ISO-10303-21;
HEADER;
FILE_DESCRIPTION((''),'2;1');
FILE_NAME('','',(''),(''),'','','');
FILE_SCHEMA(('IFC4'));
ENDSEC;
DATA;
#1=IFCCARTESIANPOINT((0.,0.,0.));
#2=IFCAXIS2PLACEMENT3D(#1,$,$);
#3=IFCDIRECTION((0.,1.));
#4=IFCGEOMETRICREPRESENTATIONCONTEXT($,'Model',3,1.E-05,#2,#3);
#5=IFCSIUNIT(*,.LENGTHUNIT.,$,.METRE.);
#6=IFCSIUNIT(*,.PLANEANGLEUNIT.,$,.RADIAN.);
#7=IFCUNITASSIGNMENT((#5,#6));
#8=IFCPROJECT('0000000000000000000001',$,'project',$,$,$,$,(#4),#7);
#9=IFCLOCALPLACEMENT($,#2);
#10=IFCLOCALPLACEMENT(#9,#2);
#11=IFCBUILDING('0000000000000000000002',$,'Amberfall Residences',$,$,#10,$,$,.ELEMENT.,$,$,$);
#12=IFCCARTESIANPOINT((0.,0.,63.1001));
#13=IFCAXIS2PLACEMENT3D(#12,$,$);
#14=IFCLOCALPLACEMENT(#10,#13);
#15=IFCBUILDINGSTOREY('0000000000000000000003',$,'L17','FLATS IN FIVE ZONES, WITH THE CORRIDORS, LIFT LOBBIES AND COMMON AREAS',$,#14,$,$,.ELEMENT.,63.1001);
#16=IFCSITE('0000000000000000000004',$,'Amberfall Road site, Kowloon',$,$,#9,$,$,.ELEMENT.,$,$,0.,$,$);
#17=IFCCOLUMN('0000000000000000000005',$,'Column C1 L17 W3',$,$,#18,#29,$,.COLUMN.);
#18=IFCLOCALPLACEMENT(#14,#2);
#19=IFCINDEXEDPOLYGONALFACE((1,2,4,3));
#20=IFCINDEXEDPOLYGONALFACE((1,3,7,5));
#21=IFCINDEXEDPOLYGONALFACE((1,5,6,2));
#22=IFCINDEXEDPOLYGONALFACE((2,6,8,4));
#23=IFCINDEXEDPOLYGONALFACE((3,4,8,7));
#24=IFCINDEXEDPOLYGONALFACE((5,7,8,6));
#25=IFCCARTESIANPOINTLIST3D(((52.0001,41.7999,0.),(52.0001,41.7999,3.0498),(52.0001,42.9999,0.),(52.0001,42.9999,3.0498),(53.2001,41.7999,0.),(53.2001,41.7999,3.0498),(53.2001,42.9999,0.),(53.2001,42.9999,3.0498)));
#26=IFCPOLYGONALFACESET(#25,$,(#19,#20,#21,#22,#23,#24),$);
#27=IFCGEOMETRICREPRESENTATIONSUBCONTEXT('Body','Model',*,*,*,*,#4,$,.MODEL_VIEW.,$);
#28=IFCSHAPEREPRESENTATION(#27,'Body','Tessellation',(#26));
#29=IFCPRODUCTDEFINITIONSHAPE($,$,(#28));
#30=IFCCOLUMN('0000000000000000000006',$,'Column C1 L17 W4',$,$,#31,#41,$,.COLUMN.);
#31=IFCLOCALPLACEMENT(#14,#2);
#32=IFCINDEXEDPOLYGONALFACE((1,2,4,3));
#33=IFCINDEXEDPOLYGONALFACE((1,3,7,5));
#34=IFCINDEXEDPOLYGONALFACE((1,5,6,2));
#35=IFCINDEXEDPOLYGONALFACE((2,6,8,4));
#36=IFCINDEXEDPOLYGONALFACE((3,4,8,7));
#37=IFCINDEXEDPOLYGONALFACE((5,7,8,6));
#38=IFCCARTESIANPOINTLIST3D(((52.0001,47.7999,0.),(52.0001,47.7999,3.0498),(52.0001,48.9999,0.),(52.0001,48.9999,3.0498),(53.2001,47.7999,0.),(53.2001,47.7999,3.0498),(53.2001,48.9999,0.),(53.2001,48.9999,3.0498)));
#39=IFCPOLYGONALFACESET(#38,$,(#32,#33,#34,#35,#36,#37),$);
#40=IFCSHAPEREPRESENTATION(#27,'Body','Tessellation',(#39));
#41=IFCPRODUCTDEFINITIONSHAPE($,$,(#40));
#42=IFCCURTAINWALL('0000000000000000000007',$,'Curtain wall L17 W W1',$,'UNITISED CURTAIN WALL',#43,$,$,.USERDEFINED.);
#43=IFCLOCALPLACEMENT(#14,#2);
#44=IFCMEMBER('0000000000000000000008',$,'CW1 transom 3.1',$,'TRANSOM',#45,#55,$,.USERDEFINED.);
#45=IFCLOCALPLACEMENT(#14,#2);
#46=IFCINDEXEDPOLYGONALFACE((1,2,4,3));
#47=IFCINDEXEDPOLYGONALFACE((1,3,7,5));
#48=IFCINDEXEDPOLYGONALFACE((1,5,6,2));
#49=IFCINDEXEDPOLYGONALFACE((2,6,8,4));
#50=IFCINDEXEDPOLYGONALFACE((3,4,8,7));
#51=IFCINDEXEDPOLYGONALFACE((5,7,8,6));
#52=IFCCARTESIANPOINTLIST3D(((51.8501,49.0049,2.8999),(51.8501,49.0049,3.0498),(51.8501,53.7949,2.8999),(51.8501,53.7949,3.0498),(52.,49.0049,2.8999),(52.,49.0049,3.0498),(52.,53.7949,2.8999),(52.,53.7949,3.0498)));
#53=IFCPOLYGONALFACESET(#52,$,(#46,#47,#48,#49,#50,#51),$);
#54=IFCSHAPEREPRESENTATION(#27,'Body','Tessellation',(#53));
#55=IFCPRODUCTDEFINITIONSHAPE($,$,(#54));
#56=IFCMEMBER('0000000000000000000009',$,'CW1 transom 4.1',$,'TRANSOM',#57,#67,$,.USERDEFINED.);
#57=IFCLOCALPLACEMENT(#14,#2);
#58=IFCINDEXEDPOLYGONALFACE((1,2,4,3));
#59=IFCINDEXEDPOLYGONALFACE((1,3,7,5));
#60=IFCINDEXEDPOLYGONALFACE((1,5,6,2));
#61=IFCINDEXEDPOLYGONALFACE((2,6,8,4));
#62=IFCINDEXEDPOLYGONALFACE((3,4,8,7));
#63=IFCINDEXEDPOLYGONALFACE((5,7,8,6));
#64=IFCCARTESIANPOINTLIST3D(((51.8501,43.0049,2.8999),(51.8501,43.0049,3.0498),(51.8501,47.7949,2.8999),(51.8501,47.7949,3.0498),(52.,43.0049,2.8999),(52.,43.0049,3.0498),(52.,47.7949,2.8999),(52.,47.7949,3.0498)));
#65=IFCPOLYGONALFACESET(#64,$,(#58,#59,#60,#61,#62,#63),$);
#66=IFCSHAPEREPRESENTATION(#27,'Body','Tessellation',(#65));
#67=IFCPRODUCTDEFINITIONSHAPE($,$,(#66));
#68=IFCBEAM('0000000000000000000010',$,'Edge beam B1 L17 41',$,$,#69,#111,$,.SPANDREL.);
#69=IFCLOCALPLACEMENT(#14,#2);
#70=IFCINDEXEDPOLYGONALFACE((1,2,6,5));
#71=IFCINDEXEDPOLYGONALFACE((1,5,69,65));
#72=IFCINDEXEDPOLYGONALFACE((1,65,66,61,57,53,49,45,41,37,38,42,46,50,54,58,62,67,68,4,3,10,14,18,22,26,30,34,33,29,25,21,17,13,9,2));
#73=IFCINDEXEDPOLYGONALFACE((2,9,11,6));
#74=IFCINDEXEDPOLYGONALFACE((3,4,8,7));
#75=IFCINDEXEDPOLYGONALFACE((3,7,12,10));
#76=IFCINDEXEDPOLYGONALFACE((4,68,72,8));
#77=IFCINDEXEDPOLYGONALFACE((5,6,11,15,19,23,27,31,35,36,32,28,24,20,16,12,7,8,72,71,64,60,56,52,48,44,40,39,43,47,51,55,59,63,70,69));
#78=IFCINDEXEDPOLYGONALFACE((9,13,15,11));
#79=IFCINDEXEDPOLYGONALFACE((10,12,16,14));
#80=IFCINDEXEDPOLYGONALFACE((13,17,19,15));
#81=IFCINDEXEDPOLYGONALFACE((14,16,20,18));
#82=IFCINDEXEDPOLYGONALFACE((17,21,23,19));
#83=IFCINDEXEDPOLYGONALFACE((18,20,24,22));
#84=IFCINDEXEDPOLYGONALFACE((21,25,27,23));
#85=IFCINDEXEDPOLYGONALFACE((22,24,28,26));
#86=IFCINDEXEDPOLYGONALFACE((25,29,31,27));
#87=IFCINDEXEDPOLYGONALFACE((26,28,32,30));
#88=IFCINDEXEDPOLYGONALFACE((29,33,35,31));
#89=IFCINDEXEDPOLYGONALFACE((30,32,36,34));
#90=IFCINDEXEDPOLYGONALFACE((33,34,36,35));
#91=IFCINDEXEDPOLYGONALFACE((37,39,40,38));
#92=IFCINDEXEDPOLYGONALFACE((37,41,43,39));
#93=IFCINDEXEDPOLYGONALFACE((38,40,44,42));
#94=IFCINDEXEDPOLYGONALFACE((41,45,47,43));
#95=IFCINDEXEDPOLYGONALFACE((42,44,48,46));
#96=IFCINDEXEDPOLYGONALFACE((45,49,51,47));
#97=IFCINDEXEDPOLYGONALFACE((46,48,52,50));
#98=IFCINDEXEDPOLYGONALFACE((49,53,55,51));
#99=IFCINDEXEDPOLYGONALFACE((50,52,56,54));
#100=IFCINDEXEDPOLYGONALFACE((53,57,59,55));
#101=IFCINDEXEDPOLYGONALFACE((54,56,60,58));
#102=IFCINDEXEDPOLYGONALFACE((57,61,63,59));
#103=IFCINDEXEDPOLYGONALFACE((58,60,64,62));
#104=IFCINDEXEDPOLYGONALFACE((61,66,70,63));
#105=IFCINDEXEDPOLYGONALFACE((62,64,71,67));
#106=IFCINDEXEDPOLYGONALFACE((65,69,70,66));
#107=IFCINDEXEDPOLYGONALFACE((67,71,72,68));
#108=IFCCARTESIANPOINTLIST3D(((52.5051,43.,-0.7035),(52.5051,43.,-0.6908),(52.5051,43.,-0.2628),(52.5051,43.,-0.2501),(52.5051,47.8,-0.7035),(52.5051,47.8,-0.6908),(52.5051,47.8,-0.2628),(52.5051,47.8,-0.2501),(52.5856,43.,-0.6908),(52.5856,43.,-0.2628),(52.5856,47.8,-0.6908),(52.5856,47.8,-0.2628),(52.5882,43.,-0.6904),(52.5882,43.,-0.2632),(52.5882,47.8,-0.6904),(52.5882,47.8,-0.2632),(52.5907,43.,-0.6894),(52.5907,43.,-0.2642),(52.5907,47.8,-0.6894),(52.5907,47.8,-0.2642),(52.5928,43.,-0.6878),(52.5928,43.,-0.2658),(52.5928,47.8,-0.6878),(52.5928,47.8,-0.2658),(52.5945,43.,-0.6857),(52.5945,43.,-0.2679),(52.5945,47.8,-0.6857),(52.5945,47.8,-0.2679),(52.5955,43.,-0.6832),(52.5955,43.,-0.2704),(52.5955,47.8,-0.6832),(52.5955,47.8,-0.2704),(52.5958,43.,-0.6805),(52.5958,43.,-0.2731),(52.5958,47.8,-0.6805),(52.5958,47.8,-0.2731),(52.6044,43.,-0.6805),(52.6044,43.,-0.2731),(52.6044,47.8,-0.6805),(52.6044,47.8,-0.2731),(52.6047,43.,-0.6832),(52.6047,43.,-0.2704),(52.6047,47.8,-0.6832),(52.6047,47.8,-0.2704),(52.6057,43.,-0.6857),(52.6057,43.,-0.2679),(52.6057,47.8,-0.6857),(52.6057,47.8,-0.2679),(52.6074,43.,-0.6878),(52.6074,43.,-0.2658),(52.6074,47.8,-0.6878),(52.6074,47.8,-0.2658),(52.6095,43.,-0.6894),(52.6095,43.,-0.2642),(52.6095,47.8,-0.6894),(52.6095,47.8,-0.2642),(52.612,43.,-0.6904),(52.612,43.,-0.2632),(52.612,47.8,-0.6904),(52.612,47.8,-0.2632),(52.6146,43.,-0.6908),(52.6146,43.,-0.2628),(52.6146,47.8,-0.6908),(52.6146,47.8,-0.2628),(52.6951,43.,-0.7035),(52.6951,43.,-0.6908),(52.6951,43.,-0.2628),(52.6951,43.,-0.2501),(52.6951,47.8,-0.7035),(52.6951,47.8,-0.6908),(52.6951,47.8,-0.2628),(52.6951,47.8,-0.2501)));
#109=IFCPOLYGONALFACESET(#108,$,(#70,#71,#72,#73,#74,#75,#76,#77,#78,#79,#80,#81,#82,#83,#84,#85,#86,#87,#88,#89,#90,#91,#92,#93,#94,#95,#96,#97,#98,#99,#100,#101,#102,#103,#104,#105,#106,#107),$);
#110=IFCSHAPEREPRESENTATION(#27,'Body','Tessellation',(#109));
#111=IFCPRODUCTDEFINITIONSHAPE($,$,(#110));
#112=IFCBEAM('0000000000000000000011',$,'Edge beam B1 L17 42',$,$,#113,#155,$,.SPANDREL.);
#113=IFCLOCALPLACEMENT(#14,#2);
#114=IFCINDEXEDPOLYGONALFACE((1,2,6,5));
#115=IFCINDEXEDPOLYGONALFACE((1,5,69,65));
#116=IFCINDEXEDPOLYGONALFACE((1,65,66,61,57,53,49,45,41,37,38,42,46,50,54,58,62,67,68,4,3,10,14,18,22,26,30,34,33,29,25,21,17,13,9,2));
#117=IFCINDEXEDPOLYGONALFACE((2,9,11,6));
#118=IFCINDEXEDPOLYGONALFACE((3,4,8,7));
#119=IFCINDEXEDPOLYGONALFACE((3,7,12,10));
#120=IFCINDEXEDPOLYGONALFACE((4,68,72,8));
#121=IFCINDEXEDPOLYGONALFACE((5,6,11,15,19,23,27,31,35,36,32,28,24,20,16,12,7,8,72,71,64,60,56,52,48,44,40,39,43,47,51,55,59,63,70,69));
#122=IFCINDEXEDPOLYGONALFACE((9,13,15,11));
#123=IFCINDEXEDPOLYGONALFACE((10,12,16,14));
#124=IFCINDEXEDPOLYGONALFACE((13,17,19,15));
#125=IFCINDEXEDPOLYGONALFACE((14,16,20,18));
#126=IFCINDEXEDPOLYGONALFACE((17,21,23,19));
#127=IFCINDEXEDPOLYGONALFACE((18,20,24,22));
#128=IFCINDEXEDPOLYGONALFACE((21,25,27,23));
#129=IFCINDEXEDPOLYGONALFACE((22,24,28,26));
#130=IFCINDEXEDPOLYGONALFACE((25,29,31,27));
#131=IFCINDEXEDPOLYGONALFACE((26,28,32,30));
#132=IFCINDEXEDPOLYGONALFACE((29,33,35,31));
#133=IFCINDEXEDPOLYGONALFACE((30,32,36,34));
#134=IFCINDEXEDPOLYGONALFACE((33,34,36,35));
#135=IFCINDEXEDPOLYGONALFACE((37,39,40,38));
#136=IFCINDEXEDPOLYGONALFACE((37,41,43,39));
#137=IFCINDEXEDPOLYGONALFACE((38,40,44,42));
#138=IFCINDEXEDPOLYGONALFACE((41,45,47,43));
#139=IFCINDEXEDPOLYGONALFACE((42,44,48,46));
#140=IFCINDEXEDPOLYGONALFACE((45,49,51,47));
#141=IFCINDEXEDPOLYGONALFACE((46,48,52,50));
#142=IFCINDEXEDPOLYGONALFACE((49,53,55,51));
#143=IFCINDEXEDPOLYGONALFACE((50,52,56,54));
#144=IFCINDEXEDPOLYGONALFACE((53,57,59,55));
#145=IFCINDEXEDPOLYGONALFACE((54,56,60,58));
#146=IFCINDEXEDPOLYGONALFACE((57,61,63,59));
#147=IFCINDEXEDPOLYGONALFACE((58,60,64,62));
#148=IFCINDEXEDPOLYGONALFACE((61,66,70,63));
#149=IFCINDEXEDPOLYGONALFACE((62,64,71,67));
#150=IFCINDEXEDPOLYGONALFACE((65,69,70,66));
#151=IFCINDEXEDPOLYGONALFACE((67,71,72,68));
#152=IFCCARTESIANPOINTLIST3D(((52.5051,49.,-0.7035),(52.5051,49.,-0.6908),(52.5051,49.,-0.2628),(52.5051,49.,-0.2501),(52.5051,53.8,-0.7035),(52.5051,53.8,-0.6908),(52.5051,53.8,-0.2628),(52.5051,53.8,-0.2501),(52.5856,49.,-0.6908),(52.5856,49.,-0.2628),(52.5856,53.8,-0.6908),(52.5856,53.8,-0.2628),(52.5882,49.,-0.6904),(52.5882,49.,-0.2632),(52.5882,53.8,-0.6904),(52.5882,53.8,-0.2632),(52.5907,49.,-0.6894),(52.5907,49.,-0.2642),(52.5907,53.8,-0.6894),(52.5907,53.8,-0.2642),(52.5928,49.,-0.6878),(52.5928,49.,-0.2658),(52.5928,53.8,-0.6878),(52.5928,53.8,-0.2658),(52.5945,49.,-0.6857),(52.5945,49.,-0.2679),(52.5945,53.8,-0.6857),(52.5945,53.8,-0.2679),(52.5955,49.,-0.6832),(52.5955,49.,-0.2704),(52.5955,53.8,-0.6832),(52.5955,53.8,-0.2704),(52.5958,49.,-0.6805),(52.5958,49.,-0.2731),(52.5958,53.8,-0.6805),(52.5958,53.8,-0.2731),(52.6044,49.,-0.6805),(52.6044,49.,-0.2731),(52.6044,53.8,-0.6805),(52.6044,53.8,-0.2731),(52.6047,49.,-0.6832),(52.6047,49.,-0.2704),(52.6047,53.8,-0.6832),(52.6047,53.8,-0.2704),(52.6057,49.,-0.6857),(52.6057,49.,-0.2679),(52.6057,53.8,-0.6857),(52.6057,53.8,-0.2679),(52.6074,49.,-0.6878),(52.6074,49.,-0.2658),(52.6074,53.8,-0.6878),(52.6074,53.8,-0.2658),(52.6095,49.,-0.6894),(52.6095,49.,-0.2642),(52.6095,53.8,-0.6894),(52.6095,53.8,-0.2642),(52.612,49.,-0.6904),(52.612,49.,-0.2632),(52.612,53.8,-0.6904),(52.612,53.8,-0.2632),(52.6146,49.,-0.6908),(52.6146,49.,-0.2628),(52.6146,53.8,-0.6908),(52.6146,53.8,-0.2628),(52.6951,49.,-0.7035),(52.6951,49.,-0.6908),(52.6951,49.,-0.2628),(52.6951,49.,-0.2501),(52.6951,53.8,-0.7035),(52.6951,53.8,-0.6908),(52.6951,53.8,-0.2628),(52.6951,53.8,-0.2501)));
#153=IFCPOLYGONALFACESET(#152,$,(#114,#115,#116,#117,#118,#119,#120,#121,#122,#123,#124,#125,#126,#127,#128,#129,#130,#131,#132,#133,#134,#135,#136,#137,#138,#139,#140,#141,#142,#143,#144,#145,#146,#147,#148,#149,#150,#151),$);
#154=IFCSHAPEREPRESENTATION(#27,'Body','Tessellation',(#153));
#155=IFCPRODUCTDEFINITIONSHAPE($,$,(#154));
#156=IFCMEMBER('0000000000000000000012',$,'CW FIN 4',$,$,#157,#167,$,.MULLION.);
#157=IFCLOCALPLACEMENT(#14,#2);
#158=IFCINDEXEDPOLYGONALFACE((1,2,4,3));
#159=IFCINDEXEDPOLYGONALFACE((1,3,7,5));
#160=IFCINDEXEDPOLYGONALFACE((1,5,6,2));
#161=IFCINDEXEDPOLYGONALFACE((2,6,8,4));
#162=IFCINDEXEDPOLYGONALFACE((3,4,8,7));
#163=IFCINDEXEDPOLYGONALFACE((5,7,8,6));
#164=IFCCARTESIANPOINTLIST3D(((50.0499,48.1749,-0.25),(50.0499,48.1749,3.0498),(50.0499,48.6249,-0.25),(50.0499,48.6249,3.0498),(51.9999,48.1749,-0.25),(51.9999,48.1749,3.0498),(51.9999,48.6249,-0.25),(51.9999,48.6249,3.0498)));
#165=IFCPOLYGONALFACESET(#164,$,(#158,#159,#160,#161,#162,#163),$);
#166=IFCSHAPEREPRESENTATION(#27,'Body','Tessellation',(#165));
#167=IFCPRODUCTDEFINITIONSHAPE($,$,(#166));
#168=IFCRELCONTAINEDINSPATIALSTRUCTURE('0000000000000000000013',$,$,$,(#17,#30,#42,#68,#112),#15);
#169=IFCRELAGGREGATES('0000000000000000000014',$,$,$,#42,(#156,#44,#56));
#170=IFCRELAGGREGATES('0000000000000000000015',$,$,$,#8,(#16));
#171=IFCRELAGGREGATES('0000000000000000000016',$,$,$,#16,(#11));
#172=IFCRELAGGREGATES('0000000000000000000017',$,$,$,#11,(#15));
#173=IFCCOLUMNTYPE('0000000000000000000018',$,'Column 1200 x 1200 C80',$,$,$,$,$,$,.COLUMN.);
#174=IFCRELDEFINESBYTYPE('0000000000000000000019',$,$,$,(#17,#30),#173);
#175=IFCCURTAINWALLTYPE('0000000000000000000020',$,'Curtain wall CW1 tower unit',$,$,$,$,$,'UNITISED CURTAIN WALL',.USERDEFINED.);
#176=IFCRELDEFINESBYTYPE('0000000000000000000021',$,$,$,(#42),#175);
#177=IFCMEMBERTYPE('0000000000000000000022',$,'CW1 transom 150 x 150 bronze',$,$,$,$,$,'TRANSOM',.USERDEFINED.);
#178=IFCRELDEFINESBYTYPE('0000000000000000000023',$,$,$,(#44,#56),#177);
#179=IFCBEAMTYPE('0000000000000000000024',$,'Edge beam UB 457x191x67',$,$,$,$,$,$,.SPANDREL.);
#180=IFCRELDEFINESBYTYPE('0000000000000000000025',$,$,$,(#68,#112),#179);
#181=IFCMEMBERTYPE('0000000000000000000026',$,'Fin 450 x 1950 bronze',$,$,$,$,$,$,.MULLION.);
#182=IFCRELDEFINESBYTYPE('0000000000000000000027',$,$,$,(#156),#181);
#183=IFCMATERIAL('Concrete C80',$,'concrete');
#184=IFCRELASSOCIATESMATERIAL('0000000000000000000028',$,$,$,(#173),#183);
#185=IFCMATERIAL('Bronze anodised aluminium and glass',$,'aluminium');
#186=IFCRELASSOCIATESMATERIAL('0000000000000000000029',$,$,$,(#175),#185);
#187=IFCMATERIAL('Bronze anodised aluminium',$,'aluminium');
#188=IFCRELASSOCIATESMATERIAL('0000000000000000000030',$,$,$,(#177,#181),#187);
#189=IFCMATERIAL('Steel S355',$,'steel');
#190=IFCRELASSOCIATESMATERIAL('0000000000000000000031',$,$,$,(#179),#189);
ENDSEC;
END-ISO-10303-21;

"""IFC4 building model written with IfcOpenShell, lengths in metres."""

from ifc_helpers import new_model, si_unit, direction, frame, origin, origin_2d, place, context, subcontext, project, spatial, rectangle, i_section, extrude, material, material_profile, profile_set, type_object, element, aggregate, save


model = new_model("IFC4")

# Units and contexts
model_context = context("Model", 3, precision=1e-05, world=origin(), true_north=direction((0.0, 1.0)))
body_context = subcontext(model_context, "Body", "Model", "MODEL_VIEW")
ifc_project = project(units=[si_unit("LENGTHUNIT", "METRE"), si_unit("PLANEANGLEUNIT", "RADIAN")], contexts=[model_context])

# Site, building, storey
site_placement = place(None, origin())
site = spatial("IfcSite", under=ifc_project, at=site_placement, Name="Amberfall Road site, Kowloon", CompositionType="ELEMENT", RefElevation=0.0)
building_placement = place(site_placement, origin())
building = spatial("IfcBuilding", under=site, at=building_placement, Name="Amberfall Residences", CompositionType="ELEMENT")
storey_placement = place(building_placement, frame((0.0, 0.0, 63.1001)))
storey = spatial("IfcBuildingStorey", under=building, at=storey_placement, Name="L17", Description="FLATS IN FIVE ZONES, WITH THE CORRIDORS, LIFT LOBBIES AND COMMON AREAS", CompositionType="ELEMENT", Elevation=63.1001)

# Columns
ifc_material_1 = material(Name="Concrete C80", Category="concrete")
ifc_material_profile_1 = material_profile(ifc_material_1, rectangle(XDim=1.2, YDim=1.2, at=origin_2d()), Name="Column 1200 x 1200 C80")
ifc_profile_set_1 = profile_set([ifc_material_profile_1], Name="Concrete C80")
column_type = type_object("IfcColumnType", Name="Column 1200 x 1200 C80", PredefinedType="COLUMN", material=ifc_profile_set_1)
for number, where, z_axis, x_axis, name in (
    (1, (52.6001, 42.3999, 0.0), (0.0, 0.0, 1.0), (1.0, 0.0, 0.0), "Column C1 L17 W3"),
    (2, (52.6001, 48.3999, 0.0), (0.0, 0.0, 1.0), (1.0, 0.0, 0.0), "Column C1 L17 W4"),
):
    element("IfcColumn", number, at=place(storey_placement, frame(where, z_axis=z_axis, x_axis=x_axis)), inside=storey, type_object=column_type, Name=name, PredefinedType="COLUMN", context=body_context, shape_type="SweptSolid", body=[
        extrude(rectangle(XDim=1.2, YDim=1.2, at=origin_2d()), origin(), (0.0, 0.0, 1.0), 3.0498),
    ])

# Curtain wall, members
ifc_material_2 = material(Name="Bronze anodised aluminium and glass", Category="aluminium")
curtain_wall_type = type_object("IfcCurtainWallType", Name="Curtain wall CW1 tower unit", ElementType="UNITISED CURTAIN WALL", PredefinedType="USERDEFINED", material=ifc_material_2)
curtain_wall_placement = place(storey_placement, origin())
curtain_wall = element("IfcCurtainWall", 3, at=curtain_wall_placement, inside=storey, type_object=curtain_wall_type, Name="Curtain wall L17 W W1", ObjectType="UNITISED CURTAIN WALL", PredefinedType="USERDEFINED")
ifc_material_3 = material(Name="Bronze anodised aluminium", Category="aluminium")
ifc_material_profile_2 = material_profile(ifc_material_3, rectangle(XDim=0.1499, YDim=0.1499, at=origin_2d()), Name="CW1 transom 150 x 150 bronze")
ifc_profile_set_2 = profile_set([ifc_material_profile_2], Name="Bronze anodised aluminium")
member_type_1 = type_object("IfcMemberType", Name="CW1 transom 150 x 150 bronze", ElementType="TRANSOM", PredefinedType="USERDEFINED", material=ifc_profile_set_2)
member_1_placement = place(storey_placement, frame((51.925, 53.7949, 2.9749), z_axis=(0.0, -1.0, 0.0), x_axis=(1.0, 0.0, 0.0)))
member_1 = element("IfcMember", 4, at=member_1_placement, type_object=member_type_1, Name="CW1 transom 3.1", ObjectType="TRANSOM", PredefinedType="USERDEFINED", context=body_context, shape_type="SweptSolid", body=[
    extrude(rectangle(XDim=0.1499, YDim=0.1499, at=origin_2d()), origin(), (0.0, 0.0, 1.0), 4.79),
])
member_2_placement = place(storey_placement, frame((51.925, 47.7949, 2.9749), z_axis=(0.0, -1.0, 0.0), x_axis=(1.0, 0.0, 0.0)))
member_2 = element("IfcMember", 5, at=member_2_placement, type_object=member_type_1, Name="CW1 transom 4.1", ObjectType="TRANSOM", PredefinedType="USERDEFINED", context=body_context, shape_type="SweptSolid", body=[
    extrude(rectangle(XDim=0.1499, YDim=0.1499, at=origin_2d()), origin(), (0.0, 0.0, 1.0), 4.79),
])

# Beams
ifc_material_4 = material(Name="Steel S355", Category="steel")
ifc_material_profile_3 = material_profile(ifc_material_4, i_section(OverallWidth=0.1899, OverallDepth=0.4534, WebThickness=0.0085, FlangeThickness=0.0127, FilletRadius=0.0103, at=origin_2d()), Name="UB 457x191x67")
ifc_profile_set_3 = profile_set([ifc_material_profile_3], Name="Steel S355")
beam_type_1 = type_object("IfcBeamType", Name="Edge beam UB 457x191x67", PredefinedType="SPANDREL", material=ifc_profile_set_3)
for number, where, z_axis, x_axis, name in (
    (6, (52.6001, 43.0, -0.4768), (0.0, 1.0, 0.0), (-1.0, 0.0, 0.0), "Edge beam B1 L17 41"),
    (7, (52.6001, 49.0, -0.4768), (0.0, 1.0, 0.0), (-1.0, 0.0, 0.0), "Edge beam B1 L17 42"),
):
    element("IfcBeam", number, at=place(storey_placement, frame(where, z_axis=z_axis, x_axis=x_axis)), inside=storey, type_object=beam_type_1, Name=name, PredefinedType="SPANDREL", context=body_context, shape_type="SweptSolid", body=[
        extrude(i_section(OverallWidth=0.1899, OverallDepth=0.4534, WebThickness=0.0085, FlangeThickness=0.0127, FilletRadius=0.0103, at=origin_2d()), origin(), (0.0, 0.0, 1.0), 4.8),
    ])

# Member
ifc_material_profile_4 = material_profile(ifc_material_3, rectangle(XDim=1.95, YDim=0.45, at=origin_2d()), Name="Fin 450 x 1950 bronze")
ifc_profile_set_4 = profile_set([ifc_material_profile_4], Name="Bronze anodised aluminium")
member_type_2 = type_object("IfcMemberType", Name="Fin 450 x 1950 bronze", PredefinedType="MULLION", material=ifc_profile_set_4)
member_3_placement = place(storey_placement, frame((51.0249, 48.3999, -0.25), z_axis=(0.0, 0.0, 1.0), x_axis=(1.0, 0.0, 0.0)))
member_3 = element("IfcMember", 8, at=member_3_placement, type_object=member_type_2, Name="CW FIN 4", PredefinedType="MULLION", context=body_context, shape_type="SweptSolid", body=[
    extrude(rectangle(XDim=1.95, YDim=0.45, at=origin_2d()), origin(), (0.0, 0.0, 1.0), 3.2998),
])

aggregate(curtain_wall, [member_3, member_1, member_2])

save(model, "model.ifc")
